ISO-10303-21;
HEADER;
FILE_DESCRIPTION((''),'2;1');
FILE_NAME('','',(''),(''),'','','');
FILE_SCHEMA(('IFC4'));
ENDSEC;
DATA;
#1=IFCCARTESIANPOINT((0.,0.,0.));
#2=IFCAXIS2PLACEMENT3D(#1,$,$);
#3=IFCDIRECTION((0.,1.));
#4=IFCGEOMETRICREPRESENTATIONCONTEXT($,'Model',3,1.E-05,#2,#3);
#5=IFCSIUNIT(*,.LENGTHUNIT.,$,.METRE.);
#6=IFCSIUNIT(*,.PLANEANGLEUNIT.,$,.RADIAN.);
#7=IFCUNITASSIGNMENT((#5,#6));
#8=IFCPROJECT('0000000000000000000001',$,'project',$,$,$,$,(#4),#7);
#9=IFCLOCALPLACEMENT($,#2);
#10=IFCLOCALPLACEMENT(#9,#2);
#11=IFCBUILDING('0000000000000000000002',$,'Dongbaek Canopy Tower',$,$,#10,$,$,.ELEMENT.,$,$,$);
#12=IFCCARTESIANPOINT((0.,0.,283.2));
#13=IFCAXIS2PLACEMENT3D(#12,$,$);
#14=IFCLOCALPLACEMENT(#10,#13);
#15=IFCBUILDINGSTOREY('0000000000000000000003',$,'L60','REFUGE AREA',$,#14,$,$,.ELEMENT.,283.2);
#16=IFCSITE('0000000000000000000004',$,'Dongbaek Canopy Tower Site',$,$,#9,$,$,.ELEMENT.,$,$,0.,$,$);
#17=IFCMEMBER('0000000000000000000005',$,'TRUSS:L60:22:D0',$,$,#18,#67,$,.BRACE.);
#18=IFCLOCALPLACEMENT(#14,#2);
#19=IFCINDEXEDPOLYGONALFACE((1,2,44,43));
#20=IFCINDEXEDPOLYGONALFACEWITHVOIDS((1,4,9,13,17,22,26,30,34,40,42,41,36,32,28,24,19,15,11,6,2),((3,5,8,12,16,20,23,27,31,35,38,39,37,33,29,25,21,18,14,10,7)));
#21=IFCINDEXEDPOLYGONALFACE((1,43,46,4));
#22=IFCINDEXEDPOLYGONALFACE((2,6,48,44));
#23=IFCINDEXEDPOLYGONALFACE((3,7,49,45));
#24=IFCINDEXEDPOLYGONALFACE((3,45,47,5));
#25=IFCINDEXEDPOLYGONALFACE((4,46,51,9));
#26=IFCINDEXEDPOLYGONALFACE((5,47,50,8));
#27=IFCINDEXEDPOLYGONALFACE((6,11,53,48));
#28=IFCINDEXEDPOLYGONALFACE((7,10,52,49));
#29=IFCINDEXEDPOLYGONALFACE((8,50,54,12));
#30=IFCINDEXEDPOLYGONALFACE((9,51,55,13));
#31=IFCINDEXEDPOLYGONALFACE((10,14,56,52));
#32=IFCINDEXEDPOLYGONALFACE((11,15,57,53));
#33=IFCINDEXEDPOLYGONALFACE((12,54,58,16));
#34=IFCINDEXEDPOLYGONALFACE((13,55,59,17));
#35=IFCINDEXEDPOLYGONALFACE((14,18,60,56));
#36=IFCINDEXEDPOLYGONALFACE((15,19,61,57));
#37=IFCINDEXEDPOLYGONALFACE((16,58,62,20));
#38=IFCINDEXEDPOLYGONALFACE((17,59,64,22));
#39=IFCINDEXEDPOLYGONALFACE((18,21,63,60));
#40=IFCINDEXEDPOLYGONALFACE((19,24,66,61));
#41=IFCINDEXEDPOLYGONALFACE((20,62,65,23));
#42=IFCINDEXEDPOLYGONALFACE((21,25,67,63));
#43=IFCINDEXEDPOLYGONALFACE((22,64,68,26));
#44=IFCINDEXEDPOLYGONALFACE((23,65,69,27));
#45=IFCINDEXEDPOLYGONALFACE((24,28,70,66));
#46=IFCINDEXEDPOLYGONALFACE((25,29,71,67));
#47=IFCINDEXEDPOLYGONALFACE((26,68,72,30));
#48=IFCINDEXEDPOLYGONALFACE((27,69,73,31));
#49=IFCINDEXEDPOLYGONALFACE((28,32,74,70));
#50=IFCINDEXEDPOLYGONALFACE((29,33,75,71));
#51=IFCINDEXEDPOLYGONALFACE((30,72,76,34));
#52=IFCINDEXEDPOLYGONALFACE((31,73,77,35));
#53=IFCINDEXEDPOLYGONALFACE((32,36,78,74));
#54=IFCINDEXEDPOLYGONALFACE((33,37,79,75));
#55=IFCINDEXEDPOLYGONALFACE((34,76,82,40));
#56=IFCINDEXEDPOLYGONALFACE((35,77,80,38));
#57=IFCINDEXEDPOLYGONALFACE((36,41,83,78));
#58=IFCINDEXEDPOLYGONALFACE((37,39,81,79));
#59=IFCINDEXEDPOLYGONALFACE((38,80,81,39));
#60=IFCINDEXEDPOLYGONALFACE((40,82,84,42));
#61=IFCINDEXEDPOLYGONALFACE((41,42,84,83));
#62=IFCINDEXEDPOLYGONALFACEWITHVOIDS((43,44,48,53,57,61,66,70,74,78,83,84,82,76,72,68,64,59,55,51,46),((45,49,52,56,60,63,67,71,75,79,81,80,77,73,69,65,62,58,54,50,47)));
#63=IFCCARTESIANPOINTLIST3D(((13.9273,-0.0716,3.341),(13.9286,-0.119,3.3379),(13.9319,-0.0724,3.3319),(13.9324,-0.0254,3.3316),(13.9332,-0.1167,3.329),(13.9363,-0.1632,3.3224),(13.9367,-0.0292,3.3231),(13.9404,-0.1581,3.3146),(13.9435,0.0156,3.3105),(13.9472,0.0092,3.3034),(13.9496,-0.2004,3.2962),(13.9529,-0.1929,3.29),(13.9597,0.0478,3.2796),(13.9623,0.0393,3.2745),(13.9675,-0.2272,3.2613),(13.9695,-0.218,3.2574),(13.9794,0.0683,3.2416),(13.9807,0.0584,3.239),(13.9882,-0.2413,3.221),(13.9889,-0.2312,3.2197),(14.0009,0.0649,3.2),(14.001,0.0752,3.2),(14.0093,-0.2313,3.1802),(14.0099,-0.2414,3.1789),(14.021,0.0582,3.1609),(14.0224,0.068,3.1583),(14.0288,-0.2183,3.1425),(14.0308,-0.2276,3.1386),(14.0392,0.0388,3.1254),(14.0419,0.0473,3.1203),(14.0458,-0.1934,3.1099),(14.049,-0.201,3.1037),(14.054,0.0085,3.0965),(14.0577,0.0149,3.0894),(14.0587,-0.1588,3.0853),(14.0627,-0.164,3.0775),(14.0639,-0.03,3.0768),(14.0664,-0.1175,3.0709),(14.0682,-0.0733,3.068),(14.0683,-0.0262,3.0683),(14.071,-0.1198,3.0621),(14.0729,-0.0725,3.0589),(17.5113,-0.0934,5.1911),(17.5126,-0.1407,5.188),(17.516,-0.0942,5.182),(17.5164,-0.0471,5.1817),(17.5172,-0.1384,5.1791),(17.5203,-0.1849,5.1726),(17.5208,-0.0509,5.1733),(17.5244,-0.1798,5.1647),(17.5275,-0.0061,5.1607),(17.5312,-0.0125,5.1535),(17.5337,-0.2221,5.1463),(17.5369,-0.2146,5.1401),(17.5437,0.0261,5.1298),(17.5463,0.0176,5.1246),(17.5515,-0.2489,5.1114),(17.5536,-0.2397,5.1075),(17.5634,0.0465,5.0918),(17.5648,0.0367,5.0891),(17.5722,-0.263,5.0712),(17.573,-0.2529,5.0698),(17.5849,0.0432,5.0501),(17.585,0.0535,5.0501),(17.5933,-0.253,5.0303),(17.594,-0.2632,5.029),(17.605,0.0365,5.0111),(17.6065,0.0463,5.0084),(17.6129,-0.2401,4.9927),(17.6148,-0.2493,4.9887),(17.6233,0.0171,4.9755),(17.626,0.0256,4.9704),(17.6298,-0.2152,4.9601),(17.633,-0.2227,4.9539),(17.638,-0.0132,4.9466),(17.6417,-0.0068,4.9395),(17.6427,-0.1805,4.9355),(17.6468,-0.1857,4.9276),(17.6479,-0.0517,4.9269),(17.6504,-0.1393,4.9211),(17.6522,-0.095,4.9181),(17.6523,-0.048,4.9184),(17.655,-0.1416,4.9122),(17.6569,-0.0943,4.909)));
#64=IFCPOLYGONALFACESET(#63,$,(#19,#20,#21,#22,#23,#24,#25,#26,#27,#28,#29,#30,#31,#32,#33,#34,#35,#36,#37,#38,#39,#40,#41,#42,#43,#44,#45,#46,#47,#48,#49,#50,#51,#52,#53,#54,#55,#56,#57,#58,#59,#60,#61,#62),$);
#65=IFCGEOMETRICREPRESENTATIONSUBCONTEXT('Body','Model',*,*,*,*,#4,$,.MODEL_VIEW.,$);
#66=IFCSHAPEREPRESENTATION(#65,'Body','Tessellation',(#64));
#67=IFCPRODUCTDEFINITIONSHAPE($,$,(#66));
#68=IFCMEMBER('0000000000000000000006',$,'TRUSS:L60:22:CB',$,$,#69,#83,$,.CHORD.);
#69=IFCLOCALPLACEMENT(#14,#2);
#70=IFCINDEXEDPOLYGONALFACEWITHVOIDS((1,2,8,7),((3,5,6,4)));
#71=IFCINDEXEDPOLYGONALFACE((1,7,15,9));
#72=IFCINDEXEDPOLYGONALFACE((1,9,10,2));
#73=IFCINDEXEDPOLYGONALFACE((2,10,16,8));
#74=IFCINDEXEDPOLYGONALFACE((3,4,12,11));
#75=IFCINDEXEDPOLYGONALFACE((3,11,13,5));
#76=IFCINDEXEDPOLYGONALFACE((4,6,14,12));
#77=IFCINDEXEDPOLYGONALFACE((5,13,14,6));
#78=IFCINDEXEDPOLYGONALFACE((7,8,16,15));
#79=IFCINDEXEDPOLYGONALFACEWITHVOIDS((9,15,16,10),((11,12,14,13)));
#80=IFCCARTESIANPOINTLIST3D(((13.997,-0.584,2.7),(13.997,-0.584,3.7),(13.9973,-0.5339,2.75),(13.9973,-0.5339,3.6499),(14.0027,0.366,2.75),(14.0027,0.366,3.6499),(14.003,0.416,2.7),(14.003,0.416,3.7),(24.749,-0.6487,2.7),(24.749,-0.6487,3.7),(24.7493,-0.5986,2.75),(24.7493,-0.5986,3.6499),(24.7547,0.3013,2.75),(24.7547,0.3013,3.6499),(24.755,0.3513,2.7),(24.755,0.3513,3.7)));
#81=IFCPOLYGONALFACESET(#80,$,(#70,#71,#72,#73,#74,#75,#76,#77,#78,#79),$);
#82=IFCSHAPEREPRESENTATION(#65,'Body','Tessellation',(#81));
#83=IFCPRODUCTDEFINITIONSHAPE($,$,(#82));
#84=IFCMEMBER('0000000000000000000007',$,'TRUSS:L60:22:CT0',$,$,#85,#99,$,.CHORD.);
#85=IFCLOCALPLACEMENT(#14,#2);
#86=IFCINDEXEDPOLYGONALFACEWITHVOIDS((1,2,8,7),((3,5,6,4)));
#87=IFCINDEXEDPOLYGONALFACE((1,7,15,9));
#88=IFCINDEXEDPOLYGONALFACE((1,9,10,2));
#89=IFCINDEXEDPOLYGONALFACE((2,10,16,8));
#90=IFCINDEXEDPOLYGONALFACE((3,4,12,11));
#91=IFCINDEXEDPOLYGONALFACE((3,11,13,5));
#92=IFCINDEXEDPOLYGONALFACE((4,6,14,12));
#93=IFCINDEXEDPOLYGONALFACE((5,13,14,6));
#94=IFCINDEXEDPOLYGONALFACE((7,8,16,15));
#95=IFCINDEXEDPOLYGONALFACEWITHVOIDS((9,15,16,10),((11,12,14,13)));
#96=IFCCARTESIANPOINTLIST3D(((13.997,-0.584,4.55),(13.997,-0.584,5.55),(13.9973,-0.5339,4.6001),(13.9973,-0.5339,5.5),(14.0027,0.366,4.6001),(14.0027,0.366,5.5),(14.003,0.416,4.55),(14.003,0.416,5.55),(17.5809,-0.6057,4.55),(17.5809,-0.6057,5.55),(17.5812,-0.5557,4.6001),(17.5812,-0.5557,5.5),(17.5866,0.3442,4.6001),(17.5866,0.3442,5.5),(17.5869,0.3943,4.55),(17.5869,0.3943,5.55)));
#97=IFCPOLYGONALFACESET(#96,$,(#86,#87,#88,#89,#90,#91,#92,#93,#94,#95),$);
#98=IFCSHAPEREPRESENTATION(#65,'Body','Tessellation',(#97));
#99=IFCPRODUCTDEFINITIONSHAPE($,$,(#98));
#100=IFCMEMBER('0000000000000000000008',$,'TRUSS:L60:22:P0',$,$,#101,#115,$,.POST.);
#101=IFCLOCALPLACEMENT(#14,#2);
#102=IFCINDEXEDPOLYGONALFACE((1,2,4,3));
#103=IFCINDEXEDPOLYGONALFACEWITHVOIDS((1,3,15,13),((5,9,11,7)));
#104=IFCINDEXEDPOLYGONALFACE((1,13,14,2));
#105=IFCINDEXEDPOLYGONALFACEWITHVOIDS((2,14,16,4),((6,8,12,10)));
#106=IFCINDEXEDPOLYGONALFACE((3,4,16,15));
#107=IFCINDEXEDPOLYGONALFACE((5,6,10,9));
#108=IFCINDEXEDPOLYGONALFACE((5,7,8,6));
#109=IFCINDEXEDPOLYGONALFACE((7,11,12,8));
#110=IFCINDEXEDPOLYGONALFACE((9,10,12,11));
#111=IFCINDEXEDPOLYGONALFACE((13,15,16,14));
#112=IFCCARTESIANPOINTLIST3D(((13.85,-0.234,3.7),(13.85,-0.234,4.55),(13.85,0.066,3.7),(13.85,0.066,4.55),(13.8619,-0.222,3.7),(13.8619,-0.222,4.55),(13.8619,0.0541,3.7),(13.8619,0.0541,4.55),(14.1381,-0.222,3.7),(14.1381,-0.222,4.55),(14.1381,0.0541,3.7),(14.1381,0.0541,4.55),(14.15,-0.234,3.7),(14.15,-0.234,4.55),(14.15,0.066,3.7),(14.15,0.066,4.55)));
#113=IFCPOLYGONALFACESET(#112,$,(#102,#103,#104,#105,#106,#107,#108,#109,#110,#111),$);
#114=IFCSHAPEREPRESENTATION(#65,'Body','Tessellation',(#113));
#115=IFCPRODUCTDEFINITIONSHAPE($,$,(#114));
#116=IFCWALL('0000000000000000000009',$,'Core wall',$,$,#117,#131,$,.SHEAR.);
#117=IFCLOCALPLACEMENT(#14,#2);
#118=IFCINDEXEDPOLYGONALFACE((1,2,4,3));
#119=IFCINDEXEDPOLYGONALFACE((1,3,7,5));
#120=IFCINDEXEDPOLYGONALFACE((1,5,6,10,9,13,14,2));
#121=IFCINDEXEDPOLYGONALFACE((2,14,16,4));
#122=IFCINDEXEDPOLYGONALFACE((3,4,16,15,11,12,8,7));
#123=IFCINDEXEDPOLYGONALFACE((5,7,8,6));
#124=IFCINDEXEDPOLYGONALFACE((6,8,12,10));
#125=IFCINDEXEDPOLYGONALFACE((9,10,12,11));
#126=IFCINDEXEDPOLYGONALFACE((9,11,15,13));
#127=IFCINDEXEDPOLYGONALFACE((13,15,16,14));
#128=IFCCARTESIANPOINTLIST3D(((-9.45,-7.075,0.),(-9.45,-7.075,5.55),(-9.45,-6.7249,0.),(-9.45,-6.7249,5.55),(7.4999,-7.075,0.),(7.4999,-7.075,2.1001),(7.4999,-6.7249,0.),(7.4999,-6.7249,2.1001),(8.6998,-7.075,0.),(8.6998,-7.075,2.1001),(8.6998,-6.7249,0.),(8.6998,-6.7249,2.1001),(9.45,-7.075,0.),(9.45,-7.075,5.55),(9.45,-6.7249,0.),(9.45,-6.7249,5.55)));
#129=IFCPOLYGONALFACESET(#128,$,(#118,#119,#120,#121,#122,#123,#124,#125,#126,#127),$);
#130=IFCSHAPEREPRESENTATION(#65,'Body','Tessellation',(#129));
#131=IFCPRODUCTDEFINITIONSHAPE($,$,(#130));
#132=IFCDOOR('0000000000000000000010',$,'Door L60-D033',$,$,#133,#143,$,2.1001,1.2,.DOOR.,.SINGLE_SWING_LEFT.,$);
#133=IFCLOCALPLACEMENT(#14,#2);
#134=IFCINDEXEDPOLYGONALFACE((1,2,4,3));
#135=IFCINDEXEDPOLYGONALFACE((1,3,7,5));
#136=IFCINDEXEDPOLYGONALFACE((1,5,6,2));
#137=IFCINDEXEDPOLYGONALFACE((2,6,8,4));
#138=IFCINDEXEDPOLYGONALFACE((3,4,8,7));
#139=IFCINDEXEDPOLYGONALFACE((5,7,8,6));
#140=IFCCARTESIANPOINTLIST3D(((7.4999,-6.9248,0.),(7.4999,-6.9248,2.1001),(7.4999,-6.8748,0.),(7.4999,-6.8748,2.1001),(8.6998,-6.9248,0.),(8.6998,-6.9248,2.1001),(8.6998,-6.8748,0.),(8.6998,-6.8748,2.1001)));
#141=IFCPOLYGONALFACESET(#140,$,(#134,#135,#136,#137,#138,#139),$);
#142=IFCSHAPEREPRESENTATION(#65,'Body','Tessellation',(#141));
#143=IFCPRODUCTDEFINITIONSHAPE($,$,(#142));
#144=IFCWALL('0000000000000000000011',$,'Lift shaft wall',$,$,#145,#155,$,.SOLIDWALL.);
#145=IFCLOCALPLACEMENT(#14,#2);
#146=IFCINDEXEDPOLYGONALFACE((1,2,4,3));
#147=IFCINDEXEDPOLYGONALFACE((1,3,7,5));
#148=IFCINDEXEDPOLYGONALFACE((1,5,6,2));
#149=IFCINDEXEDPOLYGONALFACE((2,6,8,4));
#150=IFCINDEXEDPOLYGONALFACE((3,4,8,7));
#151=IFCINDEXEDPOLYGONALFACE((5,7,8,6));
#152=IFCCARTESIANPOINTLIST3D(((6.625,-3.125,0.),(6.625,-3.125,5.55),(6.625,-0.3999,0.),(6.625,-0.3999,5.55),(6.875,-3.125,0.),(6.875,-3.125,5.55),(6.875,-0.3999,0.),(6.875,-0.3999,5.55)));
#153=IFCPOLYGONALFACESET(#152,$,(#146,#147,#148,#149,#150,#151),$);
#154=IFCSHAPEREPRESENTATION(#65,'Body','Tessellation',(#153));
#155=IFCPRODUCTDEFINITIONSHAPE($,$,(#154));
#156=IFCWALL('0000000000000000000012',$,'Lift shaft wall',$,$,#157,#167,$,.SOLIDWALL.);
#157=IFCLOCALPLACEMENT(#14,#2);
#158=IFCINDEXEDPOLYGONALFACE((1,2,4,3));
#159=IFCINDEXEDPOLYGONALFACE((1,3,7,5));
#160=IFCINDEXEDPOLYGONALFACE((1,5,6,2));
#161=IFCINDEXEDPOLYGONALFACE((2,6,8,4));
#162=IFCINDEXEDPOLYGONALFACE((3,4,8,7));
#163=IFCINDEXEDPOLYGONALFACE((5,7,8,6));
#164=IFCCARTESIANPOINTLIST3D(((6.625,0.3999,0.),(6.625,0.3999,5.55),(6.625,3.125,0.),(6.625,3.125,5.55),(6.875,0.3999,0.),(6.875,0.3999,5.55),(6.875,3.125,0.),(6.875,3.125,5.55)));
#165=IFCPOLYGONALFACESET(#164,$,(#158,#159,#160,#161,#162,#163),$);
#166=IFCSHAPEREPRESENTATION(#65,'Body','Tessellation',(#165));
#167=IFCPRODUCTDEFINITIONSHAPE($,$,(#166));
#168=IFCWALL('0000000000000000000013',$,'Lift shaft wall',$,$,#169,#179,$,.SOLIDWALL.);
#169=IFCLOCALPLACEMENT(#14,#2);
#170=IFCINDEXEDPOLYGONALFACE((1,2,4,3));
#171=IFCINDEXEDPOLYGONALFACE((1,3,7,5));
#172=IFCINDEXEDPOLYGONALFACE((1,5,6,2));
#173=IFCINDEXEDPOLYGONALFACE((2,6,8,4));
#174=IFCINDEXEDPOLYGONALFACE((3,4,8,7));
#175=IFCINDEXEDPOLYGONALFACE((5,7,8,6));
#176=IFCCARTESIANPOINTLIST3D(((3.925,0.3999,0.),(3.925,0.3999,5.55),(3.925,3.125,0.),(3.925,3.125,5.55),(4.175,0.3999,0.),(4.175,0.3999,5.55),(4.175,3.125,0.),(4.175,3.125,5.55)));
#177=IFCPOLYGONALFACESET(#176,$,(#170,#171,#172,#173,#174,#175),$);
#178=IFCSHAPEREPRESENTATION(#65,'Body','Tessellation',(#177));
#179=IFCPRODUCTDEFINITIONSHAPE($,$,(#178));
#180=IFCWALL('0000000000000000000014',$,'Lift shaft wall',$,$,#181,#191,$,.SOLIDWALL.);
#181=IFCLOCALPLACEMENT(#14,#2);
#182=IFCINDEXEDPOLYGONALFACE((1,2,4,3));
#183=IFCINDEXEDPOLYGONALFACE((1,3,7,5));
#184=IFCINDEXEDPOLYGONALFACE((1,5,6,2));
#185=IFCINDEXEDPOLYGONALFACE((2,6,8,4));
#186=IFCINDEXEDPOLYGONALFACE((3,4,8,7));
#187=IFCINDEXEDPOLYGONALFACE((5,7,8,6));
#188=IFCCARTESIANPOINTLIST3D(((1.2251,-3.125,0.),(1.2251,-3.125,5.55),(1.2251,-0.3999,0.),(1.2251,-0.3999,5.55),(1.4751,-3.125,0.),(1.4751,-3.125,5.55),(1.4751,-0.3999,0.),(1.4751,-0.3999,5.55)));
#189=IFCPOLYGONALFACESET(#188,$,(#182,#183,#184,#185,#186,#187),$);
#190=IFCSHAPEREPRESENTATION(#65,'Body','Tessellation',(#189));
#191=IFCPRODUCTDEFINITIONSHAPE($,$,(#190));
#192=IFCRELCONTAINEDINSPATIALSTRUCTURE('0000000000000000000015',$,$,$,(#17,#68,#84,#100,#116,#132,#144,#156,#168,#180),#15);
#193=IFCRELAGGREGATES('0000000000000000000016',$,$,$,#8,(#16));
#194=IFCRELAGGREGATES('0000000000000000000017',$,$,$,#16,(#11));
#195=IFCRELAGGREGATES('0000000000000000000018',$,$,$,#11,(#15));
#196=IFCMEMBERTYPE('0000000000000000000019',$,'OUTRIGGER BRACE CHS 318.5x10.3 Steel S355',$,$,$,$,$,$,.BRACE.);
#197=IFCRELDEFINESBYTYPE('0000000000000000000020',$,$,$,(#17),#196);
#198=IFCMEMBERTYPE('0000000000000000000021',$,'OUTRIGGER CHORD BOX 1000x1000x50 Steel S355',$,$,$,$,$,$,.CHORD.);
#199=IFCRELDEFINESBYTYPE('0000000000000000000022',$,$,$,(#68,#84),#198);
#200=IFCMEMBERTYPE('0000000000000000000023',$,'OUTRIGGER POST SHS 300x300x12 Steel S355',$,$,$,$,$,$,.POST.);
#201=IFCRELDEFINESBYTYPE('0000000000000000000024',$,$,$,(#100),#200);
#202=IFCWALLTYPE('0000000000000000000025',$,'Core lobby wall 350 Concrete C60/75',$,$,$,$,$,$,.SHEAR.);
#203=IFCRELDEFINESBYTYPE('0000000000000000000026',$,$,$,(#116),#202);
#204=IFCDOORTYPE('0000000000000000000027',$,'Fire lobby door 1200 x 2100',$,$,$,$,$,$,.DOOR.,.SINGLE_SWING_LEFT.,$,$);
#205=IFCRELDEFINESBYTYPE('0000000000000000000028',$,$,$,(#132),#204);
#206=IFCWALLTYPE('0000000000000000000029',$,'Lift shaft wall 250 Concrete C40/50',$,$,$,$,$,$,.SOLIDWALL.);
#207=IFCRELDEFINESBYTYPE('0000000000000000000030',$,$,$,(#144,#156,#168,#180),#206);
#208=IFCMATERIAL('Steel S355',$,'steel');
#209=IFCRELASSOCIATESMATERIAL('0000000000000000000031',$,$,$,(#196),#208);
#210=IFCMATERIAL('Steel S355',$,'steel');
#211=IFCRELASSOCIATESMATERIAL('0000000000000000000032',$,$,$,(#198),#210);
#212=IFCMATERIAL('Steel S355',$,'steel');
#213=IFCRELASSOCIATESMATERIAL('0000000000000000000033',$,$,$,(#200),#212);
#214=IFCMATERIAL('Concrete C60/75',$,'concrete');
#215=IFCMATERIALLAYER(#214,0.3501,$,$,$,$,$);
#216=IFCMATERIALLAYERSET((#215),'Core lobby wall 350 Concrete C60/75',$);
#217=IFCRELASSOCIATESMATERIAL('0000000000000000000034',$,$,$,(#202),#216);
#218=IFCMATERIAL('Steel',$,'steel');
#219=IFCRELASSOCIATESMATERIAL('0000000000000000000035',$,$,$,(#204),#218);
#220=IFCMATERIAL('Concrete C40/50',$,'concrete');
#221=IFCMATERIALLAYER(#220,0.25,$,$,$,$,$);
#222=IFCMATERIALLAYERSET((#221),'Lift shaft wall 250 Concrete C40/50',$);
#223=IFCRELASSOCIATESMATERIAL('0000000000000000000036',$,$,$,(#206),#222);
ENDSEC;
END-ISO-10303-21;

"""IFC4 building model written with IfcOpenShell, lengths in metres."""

from ifc_helpers import new_model, si_unit, direction, frame, frame_2d, origin, origin_2d, place, context, subcontext, project, spatial, rectangle, hollow_rectangle, hollow_circle, extrude, material, layer, layer_set, material_profile, profile_set, type_object, element, fill, save


model = new_model("IFC4")

# Units and contexts
model_context = context("Model", 3, precision=1e-05, world=origin(), true_north=direction((0.0, 1.0)))
body_context = subcontext(model_context, "Body", "Model", "MODEL_VIEW")
ifc_project = project(units=[si_unit("LENGTHUNIT", "METRE"), si_unit("PLANEANGLEUNIT", "RADIAN")], contexts=[model_context])

# Site, building, storey
site_placement = place(None, origin())
site = spatial("IfcSite", under=ifc_project, at=site_placement, Name="Dongbaek Canopy Tower Site", CompositionType="ELEMENT", RefElevation=0.0)
building_placement = place(site_placement, origin())
building = spatial("IfcBuilding", under=site, at=building_placement, Name="Dongbaek Canopy Tower", CompositionType="ELEMENT")
storey_placement = place(building_placement, frame((0.0, 0.0, 283.2)))
storey = spatial("IfcBuildingStorey", under=building, at=storey_placement, Name="L60", Description="REFUGE AREA", CompositionType="ELEMENT", Elevation=283.2)

# Members
ifc_material_1 = material(Name="Steel S355", Category="steel")
ifc_material_profile_1 = material_profile(ifc_material_1, hollow_circle(Radius=0.1592, WallThickness=0.0103, at=origin_2d()), Name="OUTRIGGER BRACE CHS 318.5x10.3 Steel S355")
ifc_profile_set_1 = profile_set([ifc_material_profile_1], Name="Steel S355")
member_type_1 = type_object("IfcMemberType", Name="OUTRIGGER BRACE CHS 318.5x10.3 Steel S355", PredefinedType="BRACE", material=ifc_profile_set_1)
member_1_placement = place(storey_placement, frame((14.0, -0.084, 3.2), z_axis=(0.888578, -0.005387, 0.458695), x_axis=(0.006063, 0.999982, 0.0)))
element("IfcMember", 1, at=member_1_placement, inside=storey, type_object=member_type_1, Name="TRUSS:L60:22:D0", PredefinedType="BRACE", context=body_context, shape_type="SweptSolid", body=[
    extrude(hollow_circle(Radius=0.1592, WallThickness=0.0103, at=origin_2d()), origin(), (0.0, 0.0, 1.0), 4.0334),
])
ifc_material_2 = material(Name="Steel S355", Category="steel")
ifc_material_profile_2 = material_profile(ifc_material_2, hollow_rectangle(XDim=1.0, YDim=1.0, WallThickness=0.05, at=origin_2d()), Name="OUTRIGGER CHORD BOX 1000x1000x50 Steel S355")
ifc_profile_set_2 = profile_set([ifc_material_profile_2], Name="Steel S355")
member_type_2 = type_object("IfcMemberType", Name="OUTRIGGER CHORD BOX 1000x1000x50 Steel S355", PredefinedType="CHORD", material=ifc_profile_set_2)
member_2_placement = place(storey_placement, frame((14.0, -0.084, 3.2), z_axis=(0.999982, -0.006017, 0.0), x_axis=(0.006017, 0.999982, 0.0)))
element("IfcMember", 2, at=member_2_placement, inside=storey, type_object=member_type_2, Name="TRUSS:L60:22:CB", PredefinedType="CHORD", context=body_context, shape_type="SweptSolid", body=[
    extrude(hollow_rectangle(XDim=1.0, YDim=1.0, WallThickness=0.05, at=origin_2d()), origin(), (0.0, 0.0, 1.0), 10.7522),
])
member_3_placement = place(storey_placement, frame((14.0, -0.084, 5.05), z_axis=(0.999982, -0.006063, 0.0), x_axis=(0.006063, 0.999982, 0.0)))
element("IfcMember", 3, at=member_3_placement, inside=storey, type_object=member_type_2, Name="TRUSS:L60:22:CT0", PredefinedType="CHORD", context=body_context, shape_type="SweptSolid", body=[
    extrude(hollow_rectangle(XDim=1.0, YDim=1.0, WallThickness=0.05, at=origin_2d()), origin(), (0.0, 0.0, 1.0), 3.584),
])
ifc_material_3 = material(Name="Steel S355", Category="steel")
ifc_material_profile_3 = material_profile(ifc_material_3, hollow_rectangle(XDim=0.3, YDim=0.3, WallThickness=0.012, at=origin_2d()), Name="OUTRIGGER POST SHS 300x300x12 Steel S355")
ifc_profile_set_3 = profile_set([ifc_material_profile_3], Name="Steel S355")
member_type_3 = type_object("IfcMemberType", Name="OUTRIGGER POST SHS 300x300x12 Steel S355", PredefinedType="POST", material=ifc_profile_set_3)
member_4_placement = place(storey_placement, frame((14.0, -0.084, 3.7), z_axis=(0.0, 0.0, 1.0), x_axis=(1.0, 0.0, 0.0)))
element("IfcMember", 4, at=member_4_placement, inside=storey, type_object=member_type_3, Name="TRUSS:L60:22:P0", PredefinedType="POST", context=body_context, shape_type="SweptSolid", body=[
    extrude(hollow_rectangle(XDim=0.3, YDim=0.3, WallThickness=0.012, at=origin_2d()), origin(), (0.0, 0.0, 1.0), 0.8501),
])

# Wall, opening, door
ifc_material_4 = material(Name="Concrete C60/75", Category="concrete")
ifc_layer_1 = layer(ifc_material_4, 0.3501)
ifc_layer_set_1 = layer_set([ifc_layer_1], Name="Core lobby wall 350 Concrete C60/75")
wall_type_1 = type_object("IfcWallType", Name="Core lobby wall 350 Concrete C60/75", PredefinedType="SHEAR", material=ifc_layer_set_1)
wall_1_placement = place(storey_placement, frame((9.45, -6.8999, 0.0), z_axis=(0.0, 0.0, 1.0), x_axis=(-1.0, 0.0, 0.0)))
wall_1 = element("IfcWall", 5, at=wall_1_placement, inside=storey, type_object=wall_type_1, Name="Core wall", PredefinedType="SHEAR", context=body_context, shape_type="SweptSolid", body=[
    extrude(rectangle(XDim=18.8999, YDim=0.3501, at=frame_2d((9.45, 0.0))), origin(), (0.0, 0.0, 1.0), 5.55),
])
opening_1_placement = place(wall_1_placement, frame((0.75, 0.0, 0.0)))
opening_1 = element("IfcOpeningElement", 6, at=opening_1_placement, cuts=wall_1, PredefinedType="OPENING", context=body_context, shape_type="SweptSolid", body=[
    extrude(rectangle(XDim=1.2, YDim=2.1001, at=frame_2d((0.6001, 1.05))), frame((0.0, 0.1851, 0.0), z_axis=(0.0, -1.0, 0.0), x_axis=(1.0, 0.0, 0.0)), (0.0, 0.0, 1.0), 0.3701),
])
ifc_material_5 = material(Name="Steel", Category="steel")
door_type_1 = type_object("IfcDoorType", Name="Fire lobby door 1200 x 2100", OperationType="SINGLE_SWING_LEFT", PredefinedType="DOOR", material=ifc_material_5)
door_1_placement = place(opening_1_placement, origin())
door_1 = element("IfcDoor", 7, at=door_1_placement, inside=storey, type_object=door_type_1, Name="Door L60-D033", OperationType="SINGLE_SWING_LEFT", OverallHeight=2.1001, OverallWidth=1.2, PredefinedType="DOOR", context=body_context, shape_type="SweptSolid", body=[
    extrude(rectangle(XDim=1.2, YDim=2.1001, at=frame_2d((0.6001, 1.05))), frame((0.0, 0.0249, 0.0), z_axis=(0.0, -1.0, 0.0), x_axis=(1.0, 0.0, 0.0)), (0.0, 0.0, 1.0), 0.05),
])
fill(opening_1, door_1)

# Walls
ifc_material_6 = material(Name="Concrete C40/50", Category="concrete")
ifc_layer_2 = layer(ifc_material_6, 0.25)
ifc_layer_set_2 = layer_set([ifc_layer_2], Name="Lift shaft wall 250 Concrete C40/50")
wall_type_2 = type_object("IfcWallType", Name="Lift shaft wall 250 Concrete C40/50", PredefinedType="SOLIDWALL", material=ifc_layer_set_2)
for number, where, z_axis, x_axis, name in (
    (8, (6.75, -3.125, 0.0), (0.0, 0.0, 1.0), (0.0, 1.0, 0.0), "Lift shaft wall"),
    (9, (6.75, 0.3999, 0.0), (0.0, 0.0, 1.0), (0.0, 1.0, 0.0), "Lift shaft wall"),
    (10, (4.05, 0.3999, 0.0), (0.0, 0.0, 1.0), (0.0, 1.0, 0.0), "Lift shaft wall"),
    (11, (1.3501, -3.125, 0.0), (0.0, 0.0, 1.0), (0.0, 1.0, 0.0), "Lift shaft wall"),
):
    element("IfcWall", number, at=place(storey_placement, frame(where, z_axis=z_axis, x_axis=x_axis)), inside=storey, type_object=wall_type_2, Name=name, PredefinedType="SOLIDWALL", context=body_context, shape_type="SweptSolid", body=[
        extrude(rectangle(XDim=2.7251, YDim=0.25, at=frame_2d((1.3625, 0.0))), origin(), (0.0, 0.0, 1.0), 5.55),
    ])

save(model, "model.ifc")
